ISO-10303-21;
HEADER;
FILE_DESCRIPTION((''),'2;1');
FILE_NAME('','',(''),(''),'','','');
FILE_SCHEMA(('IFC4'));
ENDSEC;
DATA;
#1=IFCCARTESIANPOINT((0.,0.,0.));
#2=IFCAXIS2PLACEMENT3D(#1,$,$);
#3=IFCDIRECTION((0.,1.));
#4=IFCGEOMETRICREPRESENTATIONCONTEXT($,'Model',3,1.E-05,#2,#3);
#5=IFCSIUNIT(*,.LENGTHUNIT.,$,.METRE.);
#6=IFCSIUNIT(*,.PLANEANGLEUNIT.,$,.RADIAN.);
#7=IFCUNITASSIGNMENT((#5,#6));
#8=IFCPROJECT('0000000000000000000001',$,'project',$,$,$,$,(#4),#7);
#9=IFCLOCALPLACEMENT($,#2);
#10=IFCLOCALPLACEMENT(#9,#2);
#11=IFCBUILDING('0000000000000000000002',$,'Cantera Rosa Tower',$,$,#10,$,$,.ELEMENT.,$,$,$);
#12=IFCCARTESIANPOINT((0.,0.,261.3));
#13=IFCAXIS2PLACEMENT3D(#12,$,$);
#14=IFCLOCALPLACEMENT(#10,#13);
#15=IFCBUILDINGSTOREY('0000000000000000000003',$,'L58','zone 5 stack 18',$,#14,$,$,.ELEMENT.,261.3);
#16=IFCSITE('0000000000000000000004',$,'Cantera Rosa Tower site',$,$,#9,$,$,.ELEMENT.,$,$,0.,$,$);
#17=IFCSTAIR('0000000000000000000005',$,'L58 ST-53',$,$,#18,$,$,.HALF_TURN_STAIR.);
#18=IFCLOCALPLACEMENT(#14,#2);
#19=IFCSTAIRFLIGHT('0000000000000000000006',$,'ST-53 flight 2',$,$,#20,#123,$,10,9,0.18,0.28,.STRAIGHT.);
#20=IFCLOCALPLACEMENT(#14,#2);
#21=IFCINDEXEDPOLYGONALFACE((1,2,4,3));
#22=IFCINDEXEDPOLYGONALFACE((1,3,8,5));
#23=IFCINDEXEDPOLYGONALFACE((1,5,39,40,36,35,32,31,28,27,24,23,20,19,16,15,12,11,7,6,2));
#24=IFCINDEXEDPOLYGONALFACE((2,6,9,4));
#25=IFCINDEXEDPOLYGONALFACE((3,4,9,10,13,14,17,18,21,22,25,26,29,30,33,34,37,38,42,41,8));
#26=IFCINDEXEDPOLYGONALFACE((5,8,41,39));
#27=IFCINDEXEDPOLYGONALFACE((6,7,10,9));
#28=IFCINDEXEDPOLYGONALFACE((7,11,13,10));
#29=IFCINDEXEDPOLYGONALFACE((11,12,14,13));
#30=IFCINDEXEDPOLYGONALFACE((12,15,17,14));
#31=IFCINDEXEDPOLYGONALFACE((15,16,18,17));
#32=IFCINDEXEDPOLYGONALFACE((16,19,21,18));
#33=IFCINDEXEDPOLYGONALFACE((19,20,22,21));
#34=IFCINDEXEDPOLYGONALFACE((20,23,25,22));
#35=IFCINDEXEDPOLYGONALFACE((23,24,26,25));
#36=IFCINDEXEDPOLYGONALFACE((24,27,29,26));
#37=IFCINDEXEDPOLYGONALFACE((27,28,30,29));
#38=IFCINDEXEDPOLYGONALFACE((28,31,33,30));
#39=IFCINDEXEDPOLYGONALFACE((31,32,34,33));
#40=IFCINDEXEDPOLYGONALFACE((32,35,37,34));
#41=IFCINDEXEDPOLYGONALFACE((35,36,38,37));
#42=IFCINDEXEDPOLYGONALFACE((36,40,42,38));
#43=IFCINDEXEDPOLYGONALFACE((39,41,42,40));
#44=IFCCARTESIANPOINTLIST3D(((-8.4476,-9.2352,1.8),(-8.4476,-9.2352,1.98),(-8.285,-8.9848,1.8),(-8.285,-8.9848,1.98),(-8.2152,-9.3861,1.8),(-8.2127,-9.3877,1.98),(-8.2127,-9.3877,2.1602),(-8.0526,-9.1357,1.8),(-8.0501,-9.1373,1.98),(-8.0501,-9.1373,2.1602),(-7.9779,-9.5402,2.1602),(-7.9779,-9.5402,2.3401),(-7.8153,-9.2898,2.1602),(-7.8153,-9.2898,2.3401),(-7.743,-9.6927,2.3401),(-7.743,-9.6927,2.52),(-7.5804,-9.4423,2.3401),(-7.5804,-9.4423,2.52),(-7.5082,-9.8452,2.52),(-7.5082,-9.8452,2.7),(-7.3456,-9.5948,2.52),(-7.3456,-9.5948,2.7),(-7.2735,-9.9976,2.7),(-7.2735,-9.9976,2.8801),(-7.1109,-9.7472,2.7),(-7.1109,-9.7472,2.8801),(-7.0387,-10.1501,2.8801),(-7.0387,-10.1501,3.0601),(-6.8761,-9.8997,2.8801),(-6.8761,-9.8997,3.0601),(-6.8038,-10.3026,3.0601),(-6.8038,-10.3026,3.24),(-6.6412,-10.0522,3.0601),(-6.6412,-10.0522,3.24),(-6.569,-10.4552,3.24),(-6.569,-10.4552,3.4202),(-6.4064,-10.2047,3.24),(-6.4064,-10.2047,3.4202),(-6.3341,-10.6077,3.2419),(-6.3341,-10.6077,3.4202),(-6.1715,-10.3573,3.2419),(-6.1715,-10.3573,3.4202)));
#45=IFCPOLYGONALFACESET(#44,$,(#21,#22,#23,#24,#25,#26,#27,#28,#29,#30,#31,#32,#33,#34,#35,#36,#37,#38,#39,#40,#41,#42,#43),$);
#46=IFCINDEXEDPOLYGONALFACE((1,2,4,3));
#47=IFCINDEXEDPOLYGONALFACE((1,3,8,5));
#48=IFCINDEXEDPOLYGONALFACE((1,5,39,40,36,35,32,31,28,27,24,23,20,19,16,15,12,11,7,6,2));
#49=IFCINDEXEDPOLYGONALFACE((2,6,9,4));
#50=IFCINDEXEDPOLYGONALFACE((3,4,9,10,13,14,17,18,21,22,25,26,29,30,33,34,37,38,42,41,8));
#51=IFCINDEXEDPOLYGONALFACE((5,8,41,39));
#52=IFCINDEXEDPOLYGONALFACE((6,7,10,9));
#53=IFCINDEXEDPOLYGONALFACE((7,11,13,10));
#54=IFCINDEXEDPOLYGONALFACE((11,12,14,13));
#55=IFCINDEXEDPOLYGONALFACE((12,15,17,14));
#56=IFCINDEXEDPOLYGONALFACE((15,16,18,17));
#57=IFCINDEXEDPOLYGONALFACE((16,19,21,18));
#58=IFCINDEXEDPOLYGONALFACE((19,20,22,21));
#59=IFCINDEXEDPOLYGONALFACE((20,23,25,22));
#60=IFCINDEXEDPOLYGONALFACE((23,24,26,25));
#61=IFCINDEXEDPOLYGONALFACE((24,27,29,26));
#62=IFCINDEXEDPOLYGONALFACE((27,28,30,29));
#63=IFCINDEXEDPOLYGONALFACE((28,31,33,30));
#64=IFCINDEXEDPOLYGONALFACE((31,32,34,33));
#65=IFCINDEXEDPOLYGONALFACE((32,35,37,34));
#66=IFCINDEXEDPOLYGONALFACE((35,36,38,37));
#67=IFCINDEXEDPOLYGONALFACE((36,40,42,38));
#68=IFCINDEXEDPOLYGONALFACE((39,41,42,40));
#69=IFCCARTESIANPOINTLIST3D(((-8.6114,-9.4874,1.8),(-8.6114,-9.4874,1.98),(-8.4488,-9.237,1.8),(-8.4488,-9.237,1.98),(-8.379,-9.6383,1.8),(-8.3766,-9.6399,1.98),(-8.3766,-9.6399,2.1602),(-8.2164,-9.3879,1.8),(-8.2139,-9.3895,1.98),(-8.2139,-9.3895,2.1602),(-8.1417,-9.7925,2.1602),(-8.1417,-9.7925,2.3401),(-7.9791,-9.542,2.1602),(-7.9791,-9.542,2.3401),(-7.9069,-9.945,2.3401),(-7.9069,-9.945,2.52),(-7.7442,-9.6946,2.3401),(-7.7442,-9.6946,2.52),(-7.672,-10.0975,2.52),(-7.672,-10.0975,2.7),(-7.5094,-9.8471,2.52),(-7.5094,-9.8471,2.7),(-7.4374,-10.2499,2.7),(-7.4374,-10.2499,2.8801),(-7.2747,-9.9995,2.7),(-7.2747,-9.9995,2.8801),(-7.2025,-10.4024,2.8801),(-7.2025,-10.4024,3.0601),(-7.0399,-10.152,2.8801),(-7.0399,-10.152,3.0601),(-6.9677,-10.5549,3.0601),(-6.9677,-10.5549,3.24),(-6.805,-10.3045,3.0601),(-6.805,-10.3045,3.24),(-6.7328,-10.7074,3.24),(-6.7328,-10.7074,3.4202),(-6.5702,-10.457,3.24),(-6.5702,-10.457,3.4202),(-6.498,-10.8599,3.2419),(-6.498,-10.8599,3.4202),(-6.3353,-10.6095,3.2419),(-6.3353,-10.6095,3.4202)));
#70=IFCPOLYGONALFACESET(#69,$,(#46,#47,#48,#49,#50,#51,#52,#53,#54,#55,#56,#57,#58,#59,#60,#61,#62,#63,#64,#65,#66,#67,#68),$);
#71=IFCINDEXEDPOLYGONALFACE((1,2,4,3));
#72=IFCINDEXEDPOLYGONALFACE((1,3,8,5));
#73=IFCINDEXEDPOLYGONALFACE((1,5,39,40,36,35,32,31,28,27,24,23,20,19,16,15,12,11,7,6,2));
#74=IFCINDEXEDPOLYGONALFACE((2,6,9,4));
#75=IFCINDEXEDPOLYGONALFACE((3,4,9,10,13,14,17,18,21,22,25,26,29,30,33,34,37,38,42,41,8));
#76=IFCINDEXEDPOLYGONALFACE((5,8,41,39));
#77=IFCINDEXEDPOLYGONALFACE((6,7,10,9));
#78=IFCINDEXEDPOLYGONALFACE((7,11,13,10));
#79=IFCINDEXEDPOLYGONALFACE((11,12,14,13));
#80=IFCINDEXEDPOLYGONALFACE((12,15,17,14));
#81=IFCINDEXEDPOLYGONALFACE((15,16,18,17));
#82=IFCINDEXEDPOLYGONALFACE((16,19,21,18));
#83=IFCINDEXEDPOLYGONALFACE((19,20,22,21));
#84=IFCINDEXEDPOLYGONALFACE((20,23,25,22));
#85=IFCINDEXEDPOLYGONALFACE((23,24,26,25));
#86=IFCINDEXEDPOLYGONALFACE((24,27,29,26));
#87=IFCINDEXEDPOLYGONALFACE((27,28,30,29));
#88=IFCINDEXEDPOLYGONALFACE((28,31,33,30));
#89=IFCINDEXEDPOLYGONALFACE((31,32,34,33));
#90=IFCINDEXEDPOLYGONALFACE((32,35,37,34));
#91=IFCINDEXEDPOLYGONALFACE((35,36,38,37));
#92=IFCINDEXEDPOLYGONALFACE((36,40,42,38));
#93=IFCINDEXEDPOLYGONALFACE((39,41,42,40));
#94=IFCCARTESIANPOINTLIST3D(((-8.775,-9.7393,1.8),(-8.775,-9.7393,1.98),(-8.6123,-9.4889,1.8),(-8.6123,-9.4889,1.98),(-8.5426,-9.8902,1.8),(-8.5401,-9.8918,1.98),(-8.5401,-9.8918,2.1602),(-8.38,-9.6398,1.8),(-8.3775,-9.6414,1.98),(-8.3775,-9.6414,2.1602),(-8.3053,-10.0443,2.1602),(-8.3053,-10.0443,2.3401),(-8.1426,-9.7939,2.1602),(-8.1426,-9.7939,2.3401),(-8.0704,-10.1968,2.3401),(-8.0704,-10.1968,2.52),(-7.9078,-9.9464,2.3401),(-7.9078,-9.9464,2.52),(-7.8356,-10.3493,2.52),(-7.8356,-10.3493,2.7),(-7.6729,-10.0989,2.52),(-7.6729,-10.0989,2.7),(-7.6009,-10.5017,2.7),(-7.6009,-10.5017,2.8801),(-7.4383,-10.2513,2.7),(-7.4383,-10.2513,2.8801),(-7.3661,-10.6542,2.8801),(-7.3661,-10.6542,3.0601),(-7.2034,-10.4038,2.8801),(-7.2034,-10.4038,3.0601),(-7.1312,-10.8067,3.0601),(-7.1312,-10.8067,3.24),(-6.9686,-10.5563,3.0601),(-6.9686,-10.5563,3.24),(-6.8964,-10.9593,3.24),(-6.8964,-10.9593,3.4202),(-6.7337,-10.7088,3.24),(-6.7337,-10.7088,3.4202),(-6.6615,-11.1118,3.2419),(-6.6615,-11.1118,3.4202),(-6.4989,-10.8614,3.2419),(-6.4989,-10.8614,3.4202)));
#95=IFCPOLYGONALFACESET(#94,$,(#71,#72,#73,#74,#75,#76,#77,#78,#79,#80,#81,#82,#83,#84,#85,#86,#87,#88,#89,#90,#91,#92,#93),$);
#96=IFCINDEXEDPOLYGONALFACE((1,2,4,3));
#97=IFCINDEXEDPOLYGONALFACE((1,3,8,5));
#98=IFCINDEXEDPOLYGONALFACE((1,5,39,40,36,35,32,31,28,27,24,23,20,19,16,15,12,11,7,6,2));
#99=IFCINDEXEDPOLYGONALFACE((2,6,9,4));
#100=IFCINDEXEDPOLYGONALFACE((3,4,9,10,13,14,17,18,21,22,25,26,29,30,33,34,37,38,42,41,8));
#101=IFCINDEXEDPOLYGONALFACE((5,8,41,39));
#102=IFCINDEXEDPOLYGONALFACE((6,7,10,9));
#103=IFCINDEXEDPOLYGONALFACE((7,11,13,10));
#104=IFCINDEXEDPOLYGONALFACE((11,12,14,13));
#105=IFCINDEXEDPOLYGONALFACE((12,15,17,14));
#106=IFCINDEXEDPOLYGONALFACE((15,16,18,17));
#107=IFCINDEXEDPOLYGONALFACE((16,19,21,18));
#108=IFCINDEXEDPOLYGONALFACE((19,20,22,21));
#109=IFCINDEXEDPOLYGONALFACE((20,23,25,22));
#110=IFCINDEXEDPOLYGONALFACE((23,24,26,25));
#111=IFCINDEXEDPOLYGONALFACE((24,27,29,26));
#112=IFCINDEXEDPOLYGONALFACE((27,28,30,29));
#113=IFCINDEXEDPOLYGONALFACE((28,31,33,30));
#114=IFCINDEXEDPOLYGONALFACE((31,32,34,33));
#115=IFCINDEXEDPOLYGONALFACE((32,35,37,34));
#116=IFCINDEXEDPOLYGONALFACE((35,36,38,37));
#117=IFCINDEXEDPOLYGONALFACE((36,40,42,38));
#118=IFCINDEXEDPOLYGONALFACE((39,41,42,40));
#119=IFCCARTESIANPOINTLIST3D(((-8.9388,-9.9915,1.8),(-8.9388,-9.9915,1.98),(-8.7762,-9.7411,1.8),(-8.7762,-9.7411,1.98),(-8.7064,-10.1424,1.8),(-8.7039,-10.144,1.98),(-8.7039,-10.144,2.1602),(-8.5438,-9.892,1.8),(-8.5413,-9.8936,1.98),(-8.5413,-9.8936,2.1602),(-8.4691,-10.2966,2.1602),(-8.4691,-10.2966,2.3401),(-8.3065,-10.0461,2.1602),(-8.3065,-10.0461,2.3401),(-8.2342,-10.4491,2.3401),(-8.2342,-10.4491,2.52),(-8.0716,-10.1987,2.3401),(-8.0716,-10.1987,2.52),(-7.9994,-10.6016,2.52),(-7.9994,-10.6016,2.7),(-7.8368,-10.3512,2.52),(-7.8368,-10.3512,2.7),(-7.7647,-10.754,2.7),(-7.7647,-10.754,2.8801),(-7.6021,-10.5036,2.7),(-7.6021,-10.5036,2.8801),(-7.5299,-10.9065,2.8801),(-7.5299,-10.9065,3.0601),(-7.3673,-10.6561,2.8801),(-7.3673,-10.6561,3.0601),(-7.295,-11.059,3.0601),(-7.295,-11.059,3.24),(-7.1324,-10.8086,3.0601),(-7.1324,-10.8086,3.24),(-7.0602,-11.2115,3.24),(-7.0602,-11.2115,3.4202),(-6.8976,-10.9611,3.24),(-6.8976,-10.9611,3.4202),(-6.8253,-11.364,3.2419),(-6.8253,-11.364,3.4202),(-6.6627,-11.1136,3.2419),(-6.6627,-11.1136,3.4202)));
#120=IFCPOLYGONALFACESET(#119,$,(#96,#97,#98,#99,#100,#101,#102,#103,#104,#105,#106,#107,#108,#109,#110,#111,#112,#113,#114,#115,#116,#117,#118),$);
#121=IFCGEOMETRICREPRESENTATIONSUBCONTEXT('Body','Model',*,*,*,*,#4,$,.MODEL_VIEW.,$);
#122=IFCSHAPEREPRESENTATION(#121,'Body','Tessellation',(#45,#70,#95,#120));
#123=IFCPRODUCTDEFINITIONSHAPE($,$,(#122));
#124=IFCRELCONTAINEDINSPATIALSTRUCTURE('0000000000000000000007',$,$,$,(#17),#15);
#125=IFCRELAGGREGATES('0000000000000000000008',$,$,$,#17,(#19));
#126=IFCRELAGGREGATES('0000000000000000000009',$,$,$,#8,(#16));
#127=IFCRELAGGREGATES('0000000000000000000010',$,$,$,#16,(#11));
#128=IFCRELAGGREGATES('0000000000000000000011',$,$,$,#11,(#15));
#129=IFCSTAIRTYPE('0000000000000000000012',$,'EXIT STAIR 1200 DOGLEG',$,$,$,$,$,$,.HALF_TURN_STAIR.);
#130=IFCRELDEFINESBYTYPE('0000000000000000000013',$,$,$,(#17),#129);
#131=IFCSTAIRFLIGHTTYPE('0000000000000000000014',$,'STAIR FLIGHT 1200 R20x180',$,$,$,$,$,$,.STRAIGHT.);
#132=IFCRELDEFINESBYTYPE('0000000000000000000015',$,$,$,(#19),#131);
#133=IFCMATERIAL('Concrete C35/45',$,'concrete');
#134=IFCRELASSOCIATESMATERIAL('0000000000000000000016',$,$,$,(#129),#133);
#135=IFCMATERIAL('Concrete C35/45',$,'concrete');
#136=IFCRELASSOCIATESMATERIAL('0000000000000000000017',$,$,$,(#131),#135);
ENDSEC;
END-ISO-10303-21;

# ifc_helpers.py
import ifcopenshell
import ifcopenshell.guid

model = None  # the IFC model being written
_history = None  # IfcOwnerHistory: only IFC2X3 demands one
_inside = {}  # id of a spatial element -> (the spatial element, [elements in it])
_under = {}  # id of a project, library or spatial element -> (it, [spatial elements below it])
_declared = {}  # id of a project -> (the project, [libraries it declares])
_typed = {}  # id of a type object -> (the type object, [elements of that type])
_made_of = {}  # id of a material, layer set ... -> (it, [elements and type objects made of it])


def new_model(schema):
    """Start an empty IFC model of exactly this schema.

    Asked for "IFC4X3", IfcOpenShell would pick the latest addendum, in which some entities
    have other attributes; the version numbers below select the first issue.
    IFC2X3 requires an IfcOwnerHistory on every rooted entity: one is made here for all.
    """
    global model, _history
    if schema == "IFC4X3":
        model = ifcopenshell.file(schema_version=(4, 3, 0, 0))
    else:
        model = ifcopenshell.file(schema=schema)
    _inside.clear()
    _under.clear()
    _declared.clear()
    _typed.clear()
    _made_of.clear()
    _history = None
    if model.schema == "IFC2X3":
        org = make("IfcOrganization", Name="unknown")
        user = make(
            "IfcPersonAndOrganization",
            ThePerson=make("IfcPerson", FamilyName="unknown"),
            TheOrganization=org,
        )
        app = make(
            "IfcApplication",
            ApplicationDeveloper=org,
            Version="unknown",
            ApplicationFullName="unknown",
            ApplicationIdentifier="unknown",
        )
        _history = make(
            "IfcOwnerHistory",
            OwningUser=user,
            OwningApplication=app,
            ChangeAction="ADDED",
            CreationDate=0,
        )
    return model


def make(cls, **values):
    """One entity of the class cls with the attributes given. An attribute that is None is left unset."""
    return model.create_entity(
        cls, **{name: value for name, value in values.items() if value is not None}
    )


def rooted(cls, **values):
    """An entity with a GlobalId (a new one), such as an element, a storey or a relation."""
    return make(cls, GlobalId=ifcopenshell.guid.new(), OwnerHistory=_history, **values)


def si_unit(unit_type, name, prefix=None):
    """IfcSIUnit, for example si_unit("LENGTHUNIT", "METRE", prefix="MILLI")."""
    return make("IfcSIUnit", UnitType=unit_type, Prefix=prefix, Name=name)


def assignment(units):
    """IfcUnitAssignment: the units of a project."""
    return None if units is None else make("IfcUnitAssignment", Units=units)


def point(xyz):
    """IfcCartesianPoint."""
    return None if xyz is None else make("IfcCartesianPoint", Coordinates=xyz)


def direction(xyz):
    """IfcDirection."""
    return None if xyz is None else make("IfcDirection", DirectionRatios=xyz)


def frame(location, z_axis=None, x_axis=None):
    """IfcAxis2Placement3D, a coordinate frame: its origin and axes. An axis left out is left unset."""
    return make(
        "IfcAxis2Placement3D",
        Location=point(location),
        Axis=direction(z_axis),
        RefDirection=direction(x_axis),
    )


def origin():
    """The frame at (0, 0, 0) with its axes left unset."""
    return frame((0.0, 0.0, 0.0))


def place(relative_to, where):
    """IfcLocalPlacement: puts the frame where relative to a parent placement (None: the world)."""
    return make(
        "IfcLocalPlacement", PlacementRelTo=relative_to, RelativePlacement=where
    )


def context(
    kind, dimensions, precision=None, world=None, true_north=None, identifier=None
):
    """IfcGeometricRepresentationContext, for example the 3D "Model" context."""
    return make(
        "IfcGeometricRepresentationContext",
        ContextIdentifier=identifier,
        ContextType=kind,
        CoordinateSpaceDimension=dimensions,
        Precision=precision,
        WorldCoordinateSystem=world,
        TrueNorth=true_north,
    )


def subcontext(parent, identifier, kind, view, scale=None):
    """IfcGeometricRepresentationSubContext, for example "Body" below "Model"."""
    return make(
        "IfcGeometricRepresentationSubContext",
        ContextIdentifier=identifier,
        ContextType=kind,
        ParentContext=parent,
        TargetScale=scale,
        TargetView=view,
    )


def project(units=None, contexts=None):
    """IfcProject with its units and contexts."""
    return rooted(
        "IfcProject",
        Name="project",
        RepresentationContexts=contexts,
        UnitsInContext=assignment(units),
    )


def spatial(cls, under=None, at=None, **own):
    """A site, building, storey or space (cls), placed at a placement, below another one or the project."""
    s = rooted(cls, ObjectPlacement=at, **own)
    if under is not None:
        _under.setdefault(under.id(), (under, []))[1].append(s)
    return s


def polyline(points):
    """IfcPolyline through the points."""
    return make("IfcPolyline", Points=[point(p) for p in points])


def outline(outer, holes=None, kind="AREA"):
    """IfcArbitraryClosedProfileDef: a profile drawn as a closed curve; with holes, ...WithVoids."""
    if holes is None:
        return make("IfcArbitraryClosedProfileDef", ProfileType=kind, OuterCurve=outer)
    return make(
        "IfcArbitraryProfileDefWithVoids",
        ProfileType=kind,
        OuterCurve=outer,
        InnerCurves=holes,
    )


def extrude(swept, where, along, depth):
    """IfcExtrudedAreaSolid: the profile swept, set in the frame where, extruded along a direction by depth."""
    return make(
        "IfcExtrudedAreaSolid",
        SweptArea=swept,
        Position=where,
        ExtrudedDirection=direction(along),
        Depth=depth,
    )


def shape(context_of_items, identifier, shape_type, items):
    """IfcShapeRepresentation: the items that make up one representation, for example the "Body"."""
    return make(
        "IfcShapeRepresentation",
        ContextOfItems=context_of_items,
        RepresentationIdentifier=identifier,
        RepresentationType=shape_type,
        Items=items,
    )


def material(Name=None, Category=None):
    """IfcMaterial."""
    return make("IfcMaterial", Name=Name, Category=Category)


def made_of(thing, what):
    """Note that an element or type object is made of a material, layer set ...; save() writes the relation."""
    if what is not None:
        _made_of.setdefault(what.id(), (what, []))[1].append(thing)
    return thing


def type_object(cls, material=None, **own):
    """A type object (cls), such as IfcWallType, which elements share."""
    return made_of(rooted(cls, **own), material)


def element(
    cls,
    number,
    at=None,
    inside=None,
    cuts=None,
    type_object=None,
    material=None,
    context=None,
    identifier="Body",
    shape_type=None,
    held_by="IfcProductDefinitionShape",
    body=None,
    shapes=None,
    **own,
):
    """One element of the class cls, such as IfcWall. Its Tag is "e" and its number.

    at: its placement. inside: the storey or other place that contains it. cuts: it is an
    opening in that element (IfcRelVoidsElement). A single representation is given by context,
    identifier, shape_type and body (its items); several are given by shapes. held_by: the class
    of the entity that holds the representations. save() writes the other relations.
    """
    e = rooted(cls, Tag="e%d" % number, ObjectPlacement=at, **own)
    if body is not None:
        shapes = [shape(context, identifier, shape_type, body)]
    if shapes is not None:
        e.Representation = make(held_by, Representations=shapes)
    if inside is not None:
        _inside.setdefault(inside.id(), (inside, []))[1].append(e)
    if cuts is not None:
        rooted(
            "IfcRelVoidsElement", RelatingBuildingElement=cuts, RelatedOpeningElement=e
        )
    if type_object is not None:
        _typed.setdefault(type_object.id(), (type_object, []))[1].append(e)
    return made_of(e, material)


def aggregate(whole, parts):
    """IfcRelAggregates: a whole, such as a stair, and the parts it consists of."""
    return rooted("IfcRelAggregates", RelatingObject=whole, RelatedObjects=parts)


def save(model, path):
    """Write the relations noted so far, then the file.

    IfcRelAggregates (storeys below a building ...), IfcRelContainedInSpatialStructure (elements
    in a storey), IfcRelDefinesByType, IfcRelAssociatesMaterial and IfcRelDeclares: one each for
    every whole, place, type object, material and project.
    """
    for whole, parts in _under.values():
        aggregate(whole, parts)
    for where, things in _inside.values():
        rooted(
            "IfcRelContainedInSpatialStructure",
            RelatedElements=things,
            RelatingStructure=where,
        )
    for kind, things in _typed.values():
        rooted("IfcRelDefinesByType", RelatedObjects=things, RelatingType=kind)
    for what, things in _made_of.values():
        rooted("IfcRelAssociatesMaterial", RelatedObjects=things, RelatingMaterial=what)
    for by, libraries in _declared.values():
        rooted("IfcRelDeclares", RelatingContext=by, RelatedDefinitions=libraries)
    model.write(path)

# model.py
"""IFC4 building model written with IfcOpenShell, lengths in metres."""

from ifc_helpers import new_model, si_unit, direction, frame, origin, place, context, subcontext, project, spatial, polyline, outline, extrude, material, type_object, element, aggregate, save


model = new_model("IFC4")

# Units and contexts
model_context = context("Model", 3, precision=1e-05, world=origin(), true_north=direction((0.0, 1.0)))
body_context = subcontext(model_context, "Body", "Model", "MODEL_VIEW")
ifc_project = project(units=[si_unit("LENGTHUNIT", "METRE"), si_unit("PLANEANGLEUNIT", "RADIAN")], contexts=[model_context])

# Site, building, storey
site_placement = place(None, origin())
site = spatial("IfcSite", under=ifc_project, at=site_placement, Name="Cantera Rosa Tower site", CompositionType="ELEMENT", RefElevation=0.0)
building_placement = place(site_placement, origin())
building = spatial("IfcBuilding", under=site, at=building_placement, Name="Cantera Rosa Tower", CompositionType="ELEMENT")
storey_placement = place(building_placement, frame((0.0, 0.0, 261.3)))
storey = spatial("IfcBuildingStorey", under=building, at=storey_placement, Name="L58", Description="zone 5 stack 18", CompositionType="ELEMENT", Elevation=261.3)

# Stair, stair flight
ifc_material_1 = material(Name="Concrete C35/45", Category="concrete")
stair_type_1 = type_object("IfcStairType", Name="EXIT STAIR 1200 DOGLEG", PredefinedType="HALF_TURN_STAIR", material=ifc_material_1)
stair_1_placement = place(storey_placement, origin())
stair_1 = element("IfcStair", 1, at=stair_1_placement, inside=storey, type_object=stair_type_1, Name="L58 ST-53", PredefinedType="HALF_TURN_STAIR")
ifc_material_2 = material(Name="Concrete C35/45", Category="concrete")
stair_flight_type_1 = type_object("IfcStairFlightType", Name="STAIR FLIGHT 1200 R20x180", PredefinedType="STRAIGHT", material=ifc_material_2)
stair_flight_1_placement = place(storey_placement, frame((-8.6118, -9.488, 1.8), z_axis=(0.0, 0.0, 1.0), x_axis=(0.838671, -0.544639, 0.0)))
stair_flight_1 = element("IfcStairFlight", 2, at=stair_flight_1_placement, type_object=stair_flight_type_1, Name="ST-53 flight 2", NumberOfRisers=10, NumberOfTreads=9, PredefinedType="STRAIGHT", RiserHeight=0.18, TreadLength=0.28, context=body_context, shape_type="SweptSolid", body=[
    extrude(outline(polyline([(0.0, 0.0), (0.0, 0.1799), (0.28, 0.1799), (0.28, 0.3601), (0.5601, 0.3601), (0.5601, 0.54), (0.8401, 0.54), (0.8401, 0.72), (1.1201, 0.72), (1.1201, 0.8999), (1.3999, 0.8999), (1.3999, 1.0801), (1.6799, 1.0801), (1.6799, 1.26), (1.96, 1.26), (1.96, 1.4399), (2.24, 1.4399), (2.24, 1.6201), (2.52, 1.6201), (2.52, 1.8), (2.52, 1.4419), (0.2771, 0.0), (0.0, 0.0)])), frame((0.0, 0.6001, 0.0), z_axis=(0.0, -1.0, 0.0), x_axis=(1.0, 0.0, 0.0)), (0.0, 0.0, 1.0), 0.2986),
    extrude(outline(polyline([(0.0, 0.0), (0.0, 0.1799), (0.28, 0.1799), (0.28, 0.3601), (0.5601, 0.3601), (0.5601, 0.54), (0.8401, 0.54), (0.8401, 0.72), (1.1201, 0.72), (1.1201, 0.8999), (1.3999, 0.8999), (1.3999, 1.0801), (1.6799, 1.0801), (1.6799, 1.26), (1.96, 1.26), (1.96, 1.4399), (2.24, 1.4399), (2.24, 1.6201), (2.52, 1.6201), (2.52, 1.8), (2.52, 1.4419), (0.2771, 0.0), (0.0, 0.0)])), frame((0.0, 0.2993, 0.0), z_axis=(0.0, -1.0, 0.0), x_axis=(1.0, 0.0, 0.0)), (0.0, 0.0, 1.0), 0.2986),
    extrude(outline(polyline([(0.0, 0.0), (0.0, 0.1799), (0.28, 0.1799), (0.28, 0.3601), (0.5601, 0.3601), (0.5601, 0.54), (0.8401, 0.54), (0.8401, 0.72), (1.1201, 0.72), (1.1201, 0.8999), (1.3999, 0.8999), (1.3999, 1.0801), (1.6799, 1.0801), (1.6799, 1.26), (1.96, 1.26), (1.96, 1.4399), (2.24, 1.4399), (2.24, 1.6201), (2.52, 1.6201), (2.52, 1.8), (2.52, 1.4419), (0.2771, 0.0), (0.0, 0.0)])), frame((0.0, -0.001, 0.0), z_axis=(0.0, -1.0, 0.0), x_axis=(1.0, 0.0, 0.0)), (0.0, 0.0, 1.0), 0.2986),
    extrude(outline(polyline([(0.0, 0.0), (0.0, 0.1799), (0.28, 0.1799), (0.28, 0.3601), (0.5601, 0.3601), (0.5601, 0.54), (0.8401, 0.54), (0.8401, 0.72), (1.1201, 0.72), (1.1201, 0.8999), (1.3999, 0.8999), (1.3999, 1.0801), (1.6799, 1.0801), (1.6799, 1.26), (1.96, 1.26), (1.96, 1.4399), (2.24, 1.4399), (2.24, 1.6201), (2.52, 1.6201), (2.52, 1.8), (2.52, 1.4419), (0.2771, 0.0), (0.0, 0.0)])), frame((0.0, -0.3018, 0.0), z_axis=(0.0, -1.0, 0.0), x_axis=(1.0, 0.0, 0.0)), (0.0, 0.0, 1.0), 0.2986),
])
aggregate(stair_1, [stair_flight_1])

save(model, "model.ifc")
